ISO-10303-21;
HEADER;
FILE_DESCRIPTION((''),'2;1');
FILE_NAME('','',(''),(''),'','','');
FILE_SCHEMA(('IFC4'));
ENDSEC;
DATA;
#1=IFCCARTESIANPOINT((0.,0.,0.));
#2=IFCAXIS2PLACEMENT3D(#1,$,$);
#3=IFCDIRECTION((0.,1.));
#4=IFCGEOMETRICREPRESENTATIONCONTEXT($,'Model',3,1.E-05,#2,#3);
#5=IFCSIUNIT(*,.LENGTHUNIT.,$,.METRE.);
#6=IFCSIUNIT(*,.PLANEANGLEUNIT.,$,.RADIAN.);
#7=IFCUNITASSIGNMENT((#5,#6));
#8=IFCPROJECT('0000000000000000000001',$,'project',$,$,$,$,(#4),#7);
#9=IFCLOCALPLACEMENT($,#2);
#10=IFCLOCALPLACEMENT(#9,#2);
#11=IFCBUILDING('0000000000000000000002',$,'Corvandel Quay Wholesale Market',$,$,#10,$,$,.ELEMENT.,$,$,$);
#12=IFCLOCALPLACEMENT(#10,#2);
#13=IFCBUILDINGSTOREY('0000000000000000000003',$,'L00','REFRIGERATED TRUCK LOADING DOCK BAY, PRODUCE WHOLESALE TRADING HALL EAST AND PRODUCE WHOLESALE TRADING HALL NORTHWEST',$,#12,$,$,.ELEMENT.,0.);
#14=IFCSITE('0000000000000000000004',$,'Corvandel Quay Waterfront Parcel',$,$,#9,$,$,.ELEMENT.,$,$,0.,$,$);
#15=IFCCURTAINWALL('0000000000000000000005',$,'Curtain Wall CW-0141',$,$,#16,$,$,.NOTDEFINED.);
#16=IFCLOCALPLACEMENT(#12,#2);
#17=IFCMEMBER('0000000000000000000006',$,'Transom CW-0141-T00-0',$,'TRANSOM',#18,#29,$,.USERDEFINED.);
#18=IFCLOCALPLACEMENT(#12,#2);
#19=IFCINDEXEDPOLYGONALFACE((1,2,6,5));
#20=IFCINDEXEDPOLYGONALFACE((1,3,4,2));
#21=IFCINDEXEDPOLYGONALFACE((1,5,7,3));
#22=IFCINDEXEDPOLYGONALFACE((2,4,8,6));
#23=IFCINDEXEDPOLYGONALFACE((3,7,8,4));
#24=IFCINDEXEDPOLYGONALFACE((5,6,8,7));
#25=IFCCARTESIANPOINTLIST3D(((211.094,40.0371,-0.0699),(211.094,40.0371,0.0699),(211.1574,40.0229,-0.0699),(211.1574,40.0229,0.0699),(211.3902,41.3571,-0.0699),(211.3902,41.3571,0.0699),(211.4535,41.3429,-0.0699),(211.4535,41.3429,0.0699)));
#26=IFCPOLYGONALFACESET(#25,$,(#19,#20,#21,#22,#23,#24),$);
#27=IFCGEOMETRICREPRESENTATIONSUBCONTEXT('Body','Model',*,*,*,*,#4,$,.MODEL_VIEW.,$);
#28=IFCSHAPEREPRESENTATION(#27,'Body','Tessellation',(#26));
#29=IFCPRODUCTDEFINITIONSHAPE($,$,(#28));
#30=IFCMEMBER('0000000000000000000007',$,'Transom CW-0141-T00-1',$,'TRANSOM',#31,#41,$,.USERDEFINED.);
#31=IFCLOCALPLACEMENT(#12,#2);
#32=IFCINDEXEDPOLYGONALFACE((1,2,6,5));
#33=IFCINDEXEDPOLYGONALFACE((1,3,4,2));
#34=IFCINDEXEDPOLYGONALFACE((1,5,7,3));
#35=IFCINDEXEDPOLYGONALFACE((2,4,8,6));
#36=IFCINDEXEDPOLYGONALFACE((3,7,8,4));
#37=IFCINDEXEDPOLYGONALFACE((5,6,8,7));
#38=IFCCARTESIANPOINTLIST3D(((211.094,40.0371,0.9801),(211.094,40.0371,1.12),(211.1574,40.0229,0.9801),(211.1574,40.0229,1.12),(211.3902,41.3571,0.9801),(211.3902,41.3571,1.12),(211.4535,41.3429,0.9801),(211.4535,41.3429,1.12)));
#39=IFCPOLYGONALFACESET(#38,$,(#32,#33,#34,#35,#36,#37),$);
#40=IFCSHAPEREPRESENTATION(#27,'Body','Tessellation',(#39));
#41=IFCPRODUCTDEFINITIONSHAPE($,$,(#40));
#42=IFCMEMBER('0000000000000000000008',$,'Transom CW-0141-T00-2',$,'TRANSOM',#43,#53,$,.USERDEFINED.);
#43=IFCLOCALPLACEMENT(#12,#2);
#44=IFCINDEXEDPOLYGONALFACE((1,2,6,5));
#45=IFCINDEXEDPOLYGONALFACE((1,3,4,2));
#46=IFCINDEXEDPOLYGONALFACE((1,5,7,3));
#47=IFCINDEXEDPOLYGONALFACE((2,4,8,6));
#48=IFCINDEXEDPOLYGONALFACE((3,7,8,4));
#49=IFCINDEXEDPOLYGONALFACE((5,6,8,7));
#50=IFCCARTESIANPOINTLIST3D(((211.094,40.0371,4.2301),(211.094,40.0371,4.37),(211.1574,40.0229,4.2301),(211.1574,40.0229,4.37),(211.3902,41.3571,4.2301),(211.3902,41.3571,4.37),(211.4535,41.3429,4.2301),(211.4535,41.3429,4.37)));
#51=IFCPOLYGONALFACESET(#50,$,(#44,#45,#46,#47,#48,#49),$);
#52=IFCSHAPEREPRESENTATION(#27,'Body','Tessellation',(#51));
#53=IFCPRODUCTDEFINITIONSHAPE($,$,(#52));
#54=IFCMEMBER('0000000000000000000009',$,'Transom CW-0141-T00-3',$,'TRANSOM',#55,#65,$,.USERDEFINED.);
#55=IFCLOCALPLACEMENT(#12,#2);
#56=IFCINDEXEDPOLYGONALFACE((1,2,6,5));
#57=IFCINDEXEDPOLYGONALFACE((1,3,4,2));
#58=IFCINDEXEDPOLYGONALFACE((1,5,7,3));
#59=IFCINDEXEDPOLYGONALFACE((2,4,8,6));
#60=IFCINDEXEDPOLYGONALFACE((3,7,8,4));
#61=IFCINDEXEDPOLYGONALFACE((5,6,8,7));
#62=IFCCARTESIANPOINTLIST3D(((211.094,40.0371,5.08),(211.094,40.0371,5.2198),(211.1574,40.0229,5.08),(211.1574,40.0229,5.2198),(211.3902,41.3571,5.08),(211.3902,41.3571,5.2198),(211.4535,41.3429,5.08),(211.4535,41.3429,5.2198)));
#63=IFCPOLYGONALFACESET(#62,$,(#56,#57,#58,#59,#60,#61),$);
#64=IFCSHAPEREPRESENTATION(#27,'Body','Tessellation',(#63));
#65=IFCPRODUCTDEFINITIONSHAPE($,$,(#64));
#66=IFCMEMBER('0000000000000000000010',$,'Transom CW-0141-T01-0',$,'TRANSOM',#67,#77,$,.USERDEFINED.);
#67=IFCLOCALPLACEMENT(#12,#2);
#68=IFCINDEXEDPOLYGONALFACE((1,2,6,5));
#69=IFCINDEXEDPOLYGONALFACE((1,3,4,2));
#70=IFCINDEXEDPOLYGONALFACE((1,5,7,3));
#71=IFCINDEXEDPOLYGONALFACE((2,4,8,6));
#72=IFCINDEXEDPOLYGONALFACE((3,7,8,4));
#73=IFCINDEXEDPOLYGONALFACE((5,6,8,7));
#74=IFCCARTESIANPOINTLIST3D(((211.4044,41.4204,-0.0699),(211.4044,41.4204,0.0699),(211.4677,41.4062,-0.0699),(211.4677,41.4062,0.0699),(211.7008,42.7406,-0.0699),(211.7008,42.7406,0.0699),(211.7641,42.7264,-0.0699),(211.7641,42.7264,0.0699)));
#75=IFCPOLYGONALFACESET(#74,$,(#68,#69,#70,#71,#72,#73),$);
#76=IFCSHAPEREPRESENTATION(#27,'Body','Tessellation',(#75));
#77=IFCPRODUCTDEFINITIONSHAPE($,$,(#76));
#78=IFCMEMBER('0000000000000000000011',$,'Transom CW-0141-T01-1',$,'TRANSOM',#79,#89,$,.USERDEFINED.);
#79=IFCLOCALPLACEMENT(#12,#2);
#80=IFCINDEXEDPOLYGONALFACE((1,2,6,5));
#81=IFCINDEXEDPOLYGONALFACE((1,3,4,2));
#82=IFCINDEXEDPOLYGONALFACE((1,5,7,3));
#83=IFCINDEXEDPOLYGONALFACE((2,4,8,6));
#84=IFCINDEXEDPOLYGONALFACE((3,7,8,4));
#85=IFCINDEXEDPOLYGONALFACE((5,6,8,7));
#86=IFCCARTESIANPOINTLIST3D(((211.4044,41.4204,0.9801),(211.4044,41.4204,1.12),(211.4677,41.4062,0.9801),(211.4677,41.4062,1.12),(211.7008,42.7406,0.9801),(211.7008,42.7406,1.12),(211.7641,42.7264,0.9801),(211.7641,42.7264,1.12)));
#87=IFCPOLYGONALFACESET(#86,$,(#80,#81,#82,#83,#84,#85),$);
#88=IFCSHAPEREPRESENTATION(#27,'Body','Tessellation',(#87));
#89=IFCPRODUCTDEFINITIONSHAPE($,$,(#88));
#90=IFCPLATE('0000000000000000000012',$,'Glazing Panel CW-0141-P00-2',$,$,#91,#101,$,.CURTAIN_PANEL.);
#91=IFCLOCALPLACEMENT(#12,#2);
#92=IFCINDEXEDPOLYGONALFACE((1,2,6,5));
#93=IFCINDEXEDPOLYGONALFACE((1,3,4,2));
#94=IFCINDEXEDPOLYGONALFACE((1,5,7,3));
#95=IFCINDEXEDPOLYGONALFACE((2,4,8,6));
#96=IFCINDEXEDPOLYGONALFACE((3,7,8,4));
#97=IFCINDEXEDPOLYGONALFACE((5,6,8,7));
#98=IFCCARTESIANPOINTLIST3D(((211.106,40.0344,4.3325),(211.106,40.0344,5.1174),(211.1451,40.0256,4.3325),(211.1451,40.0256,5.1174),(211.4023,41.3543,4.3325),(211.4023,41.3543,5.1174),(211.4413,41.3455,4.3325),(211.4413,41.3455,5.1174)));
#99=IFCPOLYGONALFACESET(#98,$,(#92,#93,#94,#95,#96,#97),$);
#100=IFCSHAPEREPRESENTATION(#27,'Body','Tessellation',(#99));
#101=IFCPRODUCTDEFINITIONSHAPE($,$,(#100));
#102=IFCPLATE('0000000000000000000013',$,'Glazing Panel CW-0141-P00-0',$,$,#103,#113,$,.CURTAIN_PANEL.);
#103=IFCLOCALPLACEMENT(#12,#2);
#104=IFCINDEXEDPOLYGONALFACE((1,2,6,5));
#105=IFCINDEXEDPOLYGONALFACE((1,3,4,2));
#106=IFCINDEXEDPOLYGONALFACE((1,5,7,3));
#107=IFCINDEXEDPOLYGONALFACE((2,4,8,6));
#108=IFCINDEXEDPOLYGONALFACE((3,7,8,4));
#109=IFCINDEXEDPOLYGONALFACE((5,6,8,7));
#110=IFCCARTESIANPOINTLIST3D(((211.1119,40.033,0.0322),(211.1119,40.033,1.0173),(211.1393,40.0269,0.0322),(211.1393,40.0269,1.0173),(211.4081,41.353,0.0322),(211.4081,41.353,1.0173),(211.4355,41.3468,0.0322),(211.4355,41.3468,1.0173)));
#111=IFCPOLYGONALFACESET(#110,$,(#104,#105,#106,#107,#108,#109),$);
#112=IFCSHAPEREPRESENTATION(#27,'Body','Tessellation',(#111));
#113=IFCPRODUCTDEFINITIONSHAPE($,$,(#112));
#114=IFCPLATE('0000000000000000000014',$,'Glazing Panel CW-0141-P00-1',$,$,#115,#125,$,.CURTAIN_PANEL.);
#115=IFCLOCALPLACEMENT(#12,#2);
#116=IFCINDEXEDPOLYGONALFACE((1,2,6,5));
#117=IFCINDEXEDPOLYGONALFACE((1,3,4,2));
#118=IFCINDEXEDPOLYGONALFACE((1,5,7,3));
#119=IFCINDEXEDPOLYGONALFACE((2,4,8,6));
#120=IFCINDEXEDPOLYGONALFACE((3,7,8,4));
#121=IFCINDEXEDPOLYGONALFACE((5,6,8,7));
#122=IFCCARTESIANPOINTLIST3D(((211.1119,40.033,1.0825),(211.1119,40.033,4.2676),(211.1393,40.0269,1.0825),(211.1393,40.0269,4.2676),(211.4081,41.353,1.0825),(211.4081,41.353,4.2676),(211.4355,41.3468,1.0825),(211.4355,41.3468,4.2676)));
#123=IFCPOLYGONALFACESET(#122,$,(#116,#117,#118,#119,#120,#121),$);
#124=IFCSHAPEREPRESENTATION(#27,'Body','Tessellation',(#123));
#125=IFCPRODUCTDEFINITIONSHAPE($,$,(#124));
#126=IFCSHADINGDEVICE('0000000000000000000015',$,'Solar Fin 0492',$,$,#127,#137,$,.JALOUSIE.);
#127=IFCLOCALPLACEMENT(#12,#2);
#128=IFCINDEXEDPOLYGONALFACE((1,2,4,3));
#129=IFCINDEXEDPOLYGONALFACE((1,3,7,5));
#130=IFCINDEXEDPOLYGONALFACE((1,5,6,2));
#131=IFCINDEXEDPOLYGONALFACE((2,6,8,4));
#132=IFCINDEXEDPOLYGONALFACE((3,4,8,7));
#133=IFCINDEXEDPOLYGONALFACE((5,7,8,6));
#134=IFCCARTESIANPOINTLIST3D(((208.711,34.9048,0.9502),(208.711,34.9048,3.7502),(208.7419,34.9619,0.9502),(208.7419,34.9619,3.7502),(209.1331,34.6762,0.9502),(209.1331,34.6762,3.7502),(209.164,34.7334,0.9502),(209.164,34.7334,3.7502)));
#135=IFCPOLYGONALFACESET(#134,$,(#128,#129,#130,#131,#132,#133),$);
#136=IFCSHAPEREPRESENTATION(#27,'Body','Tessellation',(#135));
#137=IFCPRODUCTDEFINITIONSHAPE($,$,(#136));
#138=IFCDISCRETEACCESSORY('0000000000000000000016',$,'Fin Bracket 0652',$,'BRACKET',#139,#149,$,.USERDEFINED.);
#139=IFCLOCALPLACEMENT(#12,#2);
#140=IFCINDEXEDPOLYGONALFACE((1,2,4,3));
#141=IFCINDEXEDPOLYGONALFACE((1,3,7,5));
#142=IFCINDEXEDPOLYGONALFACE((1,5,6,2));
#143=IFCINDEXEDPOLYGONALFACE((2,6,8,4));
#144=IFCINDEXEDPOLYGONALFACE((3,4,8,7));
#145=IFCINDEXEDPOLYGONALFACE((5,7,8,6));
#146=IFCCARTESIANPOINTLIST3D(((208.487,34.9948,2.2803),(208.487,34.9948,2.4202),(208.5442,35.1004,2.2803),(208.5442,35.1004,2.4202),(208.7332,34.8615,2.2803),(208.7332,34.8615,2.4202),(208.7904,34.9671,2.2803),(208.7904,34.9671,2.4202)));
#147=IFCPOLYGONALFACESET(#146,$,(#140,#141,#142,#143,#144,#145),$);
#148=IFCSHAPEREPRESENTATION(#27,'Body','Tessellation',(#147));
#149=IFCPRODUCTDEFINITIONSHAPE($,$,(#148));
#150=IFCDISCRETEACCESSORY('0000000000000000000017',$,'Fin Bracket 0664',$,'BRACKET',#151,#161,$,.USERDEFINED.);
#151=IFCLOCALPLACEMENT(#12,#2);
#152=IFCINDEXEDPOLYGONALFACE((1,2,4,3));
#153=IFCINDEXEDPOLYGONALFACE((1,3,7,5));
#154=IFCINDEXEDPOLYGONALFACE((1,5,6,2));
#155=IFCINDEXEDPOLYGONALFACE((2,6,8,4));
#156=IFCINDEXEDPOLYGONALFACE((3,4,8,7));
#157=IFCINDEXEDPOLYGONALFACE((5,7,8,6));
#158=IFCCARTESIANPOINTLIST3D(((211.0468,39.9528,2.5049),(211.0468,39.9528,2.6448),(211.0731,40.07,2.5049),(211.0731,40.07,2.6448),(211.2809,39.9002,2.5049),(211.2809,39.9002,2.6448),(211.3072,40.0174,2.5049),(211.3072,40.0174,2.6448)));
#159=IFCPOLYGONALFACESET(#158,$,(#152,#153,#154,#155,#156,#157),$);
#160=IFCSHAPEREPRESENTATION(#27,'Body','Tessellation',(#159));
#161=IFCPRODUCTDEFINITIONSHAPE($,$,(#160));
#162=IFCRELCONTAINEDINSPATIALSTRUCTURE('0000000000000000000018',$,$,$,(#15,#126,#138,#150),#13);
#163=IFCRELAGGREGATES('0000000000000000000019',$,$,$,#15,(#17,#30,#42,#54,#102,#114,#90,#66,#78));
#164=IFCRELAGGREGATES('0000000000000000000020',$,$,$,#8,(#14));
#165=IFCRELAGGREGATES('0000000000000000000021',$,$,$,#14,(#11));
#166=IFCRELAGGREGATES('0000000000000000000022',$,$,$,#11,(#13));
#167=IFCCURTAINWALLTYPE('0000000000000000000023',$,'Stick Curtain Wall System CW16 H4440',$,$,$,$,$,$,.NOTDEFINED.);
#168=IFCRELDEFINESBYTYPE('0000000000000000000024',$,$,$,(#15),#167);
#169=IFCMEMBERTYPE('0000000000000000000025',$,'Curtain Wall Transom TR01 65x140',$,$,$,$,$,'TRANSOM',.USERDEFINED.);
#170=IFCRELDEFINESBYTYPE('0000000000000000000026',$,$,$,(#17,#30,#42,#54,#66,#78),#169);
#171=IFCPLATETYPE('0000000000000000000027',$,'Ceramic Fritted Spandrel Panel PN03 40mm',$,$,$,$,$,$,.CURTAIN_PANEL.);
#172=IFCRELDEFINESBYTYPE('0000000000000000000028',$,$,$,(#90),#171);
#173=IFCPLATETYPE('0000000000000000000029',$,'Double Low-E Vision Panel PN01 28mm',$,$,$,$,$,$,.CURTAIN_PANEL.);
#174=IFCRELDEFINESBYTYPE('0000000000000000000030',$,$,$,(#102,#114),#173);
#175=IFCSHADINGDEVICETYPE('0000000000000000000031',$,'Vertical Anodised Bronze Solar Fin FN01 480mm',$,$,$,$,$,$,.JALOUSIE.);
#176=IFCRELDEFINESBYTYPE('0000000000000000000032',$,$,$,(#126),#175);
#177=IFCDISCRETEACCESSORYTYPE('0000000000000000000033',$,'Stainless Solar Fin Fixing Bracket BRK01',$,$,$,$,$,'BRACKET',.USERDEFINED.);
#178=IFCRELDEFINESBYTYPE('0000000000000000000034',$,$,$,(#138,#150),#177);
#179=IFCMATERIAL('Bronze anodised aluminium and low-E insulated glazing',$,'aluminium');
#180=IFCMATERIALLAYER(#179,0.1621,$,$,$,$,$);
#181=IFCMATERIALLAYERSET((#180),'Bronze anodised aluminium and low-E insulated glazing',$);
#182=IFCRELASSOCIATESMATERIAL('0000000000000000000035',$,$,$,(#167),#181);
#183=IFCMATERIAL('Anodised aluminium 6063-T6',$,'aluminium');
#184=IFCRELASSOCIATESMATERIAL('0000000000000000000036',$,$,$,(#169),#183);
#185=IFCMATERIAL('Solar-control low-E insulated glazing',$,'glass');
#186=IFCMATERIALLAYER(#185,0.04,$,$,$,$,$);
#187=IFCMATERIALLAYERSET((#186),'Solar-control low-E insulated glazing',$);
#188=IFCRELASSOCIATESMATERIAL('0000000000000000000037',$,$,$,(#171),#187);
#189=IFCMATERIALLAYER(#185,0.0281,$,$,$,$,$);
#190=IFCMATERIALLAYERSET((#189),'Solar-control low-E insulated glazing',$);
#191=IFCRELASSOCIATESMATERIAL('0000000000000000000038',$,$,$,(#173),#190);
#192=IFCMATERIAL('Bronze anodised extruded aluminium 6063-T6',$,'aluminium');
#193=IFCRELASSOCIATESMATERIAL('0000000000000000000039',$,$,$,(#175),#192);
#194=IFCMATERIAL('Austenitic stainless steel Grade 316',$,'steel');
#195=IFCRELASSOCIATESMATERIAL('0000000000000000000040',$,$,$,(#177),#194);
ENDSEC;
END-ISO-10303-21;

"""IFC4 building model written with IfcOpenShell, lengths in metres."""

from ifc_helpers import new_model, si_unit, direction, frame, origin, origin_2d, place, context, subcontext, project, spatial, rectangle, extrude, material, layer, layer_set, material_profile, profile_set, type_object, element, aggregate, save


model = new_model("IFC4")

# Units and contexts
model_context = context("Model", 3, precision=1e-05, world=origin(), true_north=direction((0.0, 1.0)))
body_context = subcontext(model_context, "Body", "Model", "MODEL_VIEW")
ifc_project = project(units=[si_unit("LENGTHUNIT", "METRE"), si_unit("PLANEANGLEUNIT", "RADIAN")], contexts=[model_context])

# Site, building, storey
site_placement = place(None, origin())
site = spatial("IfcSite", under=ifc_project, at=site_placement, Name="Corvandel Quay Waterfront Parcel", CompositionType="ELEMENT", RefElevation=0.0)
building_placement = place(site_placement, origin())
building = spatial("IfcBuilding", under=site, at=building_placement, Name="Corvandel Quay Wholesale Market", CompositionType="ELEMENT")
storey_placement = place(building_placement, origin())
storey = spatial("IfcBuildingStorey", under=building, at=storey_placement, Name="L00", Description="REFRIGERATED TRUCK LOADING DOCK BAY, PRODUCE WHOLESALE TRADING HALL EAST AND PRODUCE WHOLESALE TRADING HALL NORTHWEST", CompositionType="ELEMENT", Elevation=0.0)

# Curtain wall, members, plates
ifc_material_1 = material(Name="Bronze anodised aluminium and low-E insulated glazing", Category="aluminium")
ifc_layer_1 = layer(ifc_material_1, 0.1621)
ifc_layer_set_1 = layer_set([ifc_layer_1], Name="Bronze anodised aluminium and low-E insulated glazing")
curtain_wall_type = type_object("IfcCurtainWallType", Name="Stick Curtain Wall System CW16 H4440", PredefinedType="NOTDEFINED", material=ifc_layer_set_1)
curtain_wall_placement = place(storey_placement, origin())
curtain_wall = element("IfcCurtainWall", 1, at=curtain_wall_placement, inside=storey, type_object=curtain_wall_type, Name="Curtain Wall CW-0141", PredefinedType="NOTDEFINED")
ifc_material_2 = material(Name="Anodised aluminium 6063-T6", Category="aluminium")
ifc_material_profile_1 = material_profile(ifc_material_2, rectangle(XDim=0.0649, YDim=0.1399, at=origin_2d()), Name="ALU-TRN-65x140")
ifc_profile_set_1 = profile_set([ifc_material_profile_1], Name="Anodised aluminium 6063-T6")
member_type_1 = type_object("IfcMemberType", Name="Curtain Wall Transom TR01 65x140", ElementType="TRANSOM", PredefinedType="USERDEFINED", material=ifc_profile_set_1)
member_1_placement = place(storey_placement, frame((211.1257, 40.03, 0.0), z_axis=(0.218898, 0.975748, 0.0), x_axis=(-0.975748, 0.218898, 0.0)))
member_1 = element("IfcMember", 2, at=member_1_placement, type_object=member_type_1, Name="Transom CW-0141-T00-0", ObjectType="TRANSOM", PredefinedType="USERDEFINED", context=body_context, shape_type="SweptSolid", body=[
    extrude(rectangle(XDim=0.0649, YDim=0.1399, at=origin_2d()), origin(), (0.0, 0.0, 1.0), 1.3528),
])
member_2_placement = place(storey_placement, frame((211.1257, 40.03, 1.05), z_axis=(0.218898, 0.975748, 0.0), x_axis=(-0.975748, 0.218898, 0.0)))
member_2 = element("IfcMember", 3, at=member_2_placement, type_object=member_type_1, Name="Transom CW-0141-T00-1", ObjectType="TRANSOM", PredefinedType="USERDEFINED", context=body_context, shape_type="SweptSolid", body=[
    extrude(rectangle(XDim=0.0649, YDim=0.1399, at=origin_2d()), origin(), (0.0, 0.0, 1.0), 1.3528),
])
member_3_placement = place(storey_placement, frame((211.1257, 40.03, 4.3), z_axis=(0.218898, 0.975748, 0.0), x_axis=(-0.975748, 0.218898, 0.0)))
member_3 = element("IfcMember", 4, at=member_3_placement, type_object=member_type_1, Name="Transom CW-0141-T00-2", ObjectType="TRANSOM", PredefinedType="USERDEFINED", context=body_context, shape_type="SweptSolid", body=[
    extrude(rectangle(XDim=0.0649, YDim=0.1399, at=origin_2d()), origin(), (0.0, 0.0, 1.0), 1.3528),
])
member_4_placement = place(storey_placement, frame((211.1257, 40.03, 5.1499), z_axis=(0.218898, 0.975748, 0.0), x_axis=(-0.975748, 0.218898, 0.0)))
member_4 = element("IfcMember", 5, at=member_4_placement, type_object=member_type_1, Name="Transom CW-0141-T00-3", ObjectType="TRANSOM", PredefinedType="USERDEFINED", context=body_context, shape_type="SweptSolid", body=[
    extrude(rectangle(XDim=0.0649, YDim=0.1399, at=origin_2d()), origin(), (0.0, 0.0, 1.0), 1.3528),
])
member_5_placement = place(storey_placement, frame((211.436, 41.4133, 0.0), z_axis=(0.21907, 0.975709, 0.0), x_axis=(-0.975709, 0.21907, 0.0)))
member_5 = element("IfcMember", 6, at=member_5_placement, type_object=member_type_1, Name="Transom CW-0141-T01-0", ObjectType="TRANSOM", PredefinedType="USERDEFINED", context=body_context, shape_type="SweptSolid", body=[
    extrude(rectangle(XDim=0.0649, YDim=0.1399, at=origin_2d()), origin(), (0.0, 0.0, 1.0), 1.353),
])
member_6_placement = place(storey_placement, frame((211.436, 41.4133, 1.05), z_axis=(0.21907, 0.975709, 0.0), x_axis=(-0.975709, 0.21907, 0.0)))
member_6 = element("IfcMember", 7, at=member_6_placement, type_object=member_type_1, Name="Transom CW-0141-T01-1", ObjectType="TRANSOM", PredefinedType="USERDEFINED", context=body_context, shape_type="SweptSolid", body=[
    extrude(rectangle(XDim=0.0649, YDim=0.1399, at=origin_2d()), origin(), (0.0, 0.0, 1.0), 1.353),
])
ifc_material_3 = material(Name="Solar-control low-E insulated glazing", Category="glass")
ifc_layer_2 = layer(ifc_material_3, 0.04)
ifc_layer_set_2 = layer_set([ifc_layer_2], Name="Solar-control low-E insulated glazing")
plate_type_1 = type_object("IfcPlateType", Name="Ceramic Fritted Spandrel Panel PN03 40mm", PredefinedType="CURTAIN_PANEL", material=ifc_layer_set_2)
plate_1_placement = place(storey_placement, frame((211.2737, 40.6899, 4.3325), z_axis=(0.0, 0.0, 1.0), x_axis=(0.218995, 0.975726, 0.0)))
plate_1 = element("IfcPlate", 8, at=plate_1_placement, type_object=plate_type_1, Name="Glazing Panel CW-0141-P00-2", PredefinedType="CURTAIN_PANEL", context=body_context, shape_type="SweptSolid", body=[
    extrude(rectangle(XDim=1.3528, YDim=0.04, at=origin_2d()), origin(), (0.0, 0.0, 1.0), 0.7849),
])
ifc_layer_3 = layer(ifc_material_3, 0.0281)
ifc_layer_set_3 = layer_set([ifc_layer_3], Name="Solar-control low-E insulated glazing")
plate_type_2 = type_object("IfcPlateType", Name="Double Low-E Vision Panel PN01 28mm", PredefinedType="CURTAIN_PANEL", material=ifc_layer_set_3)
plate_2_placement = place(storey_placement, frame((211.2737, 40.6899, 0.0322), z_axis=(0.0, 0.0, 1.0), x_axis=(0.218995, 0.975726, 0.0)))
plate_2 = element("IfcPlate", 9, at=plate_2_placement, type_object=plate_type_2, Name="Glazing Panel CW-0141-P00-0", PredefinedType="CURTAIN_PANEL", context=body_context, shape_type="SweptSolid", body=[
    extrude(rectangle(XDim=1.3528, YDim=0.0281, at=origin_2d()), origin(), (0.0, 0.0, 1.0), 0.9851),
])
plate_3_placement = place(storey_placement, frame((211.2737, 40.6899, 1.0825), z_axis=(0.0, 0.0, 1.0), x_axis=(0.218995, 0.975726, 0.0)))
plate_3 = element("IfcPlate", 10, at=plate_3_placement, type_object=plate_type_2, Name="Glazing Panel CW-0141-P00-1", PredefinedType="CURTAIN_PANEL", context=body_context, shape_type="SweptSolid", body=[
    extrude(rectangle(XDim=1.3528, YDim=0.0281, at=origin_2d()), origin(), (0.0, 0.0, 1.0), 3.1851),
])
aggregate(curtain_wall, [member_1, member_2, member_3, member_4, plate_2, plate_3, plate_1, member_5, member_6])

# Shading device
ifc_material_4 = material(Name="Bronze anodised extruded aluminium 6063-T6", Category="aluminium")
shading_device_type = type_object("IfcShadingDeviceType", Name="Vertical Anodised Bronze Solar Fin FN01 480mm", PredefinedType="JALOUSIE", material=ifc_material_4)
shading_device_placement = place(storey_placement, frame((208.9375, 34.8191, 0.9502), z_axis=(0.0, 0.0, 1.0), x_axis=(-0.879316, 0.476238, 0.0)))
element("IfcShadingDevice", 11, at=shading_device_placement, inside=storey, type_object=shading_device_type, Name="Solar Fin 0492", PredefinedType="JALOUSIE", context=body_context, shape_type="SweptSolid", body=[
    extrude(rectangle(XDim=0.48, YDim=0.0649, at=origin_2d()), origin(), (0.0, 0.0, 1.0), 2.8),
])

# Discrete accessories
ifc_material_5 = material(Name="Austenitic stainless steel Grade 316", Category="steel")
discrete_accessory_type = type_object("IfcDiscreteAccessoryType", Name="Stainless Solar Fin Fixing Bracket BRK01", ElementType="BRACKET", PredefinedType="USERDEFINED", material=ifc_material_5)
discrete_accessory_1_placement = place(storey_placement, frame((208.6387, 34.981, 2.2803), z_axis=(0.0, 0.0, 1.0), x_axis=(-0.879316, 0.476238, 0.0)))
element("IfcDiscreteAccessory", 12, at=discrete_accessory_1_placement, inside=storey, type_object=discrete_accessory_type, Name="Fin Bracket 0652", ObjectType="BRACKET", PredefinedType="USERDEFINED", context=body_context, shape_type="SweptSolid", body=[
    extrude(rectangle(XDim=0.28, YDim=0.1201, at=origin_2d()), origin(), (0.0, 0.0, 1.0), 0.1399),
])
discrete_accessory_2_placement = place(storey_placement, frame((211.177, 39.9851, 2.5049), z_axis=(0.0, 0.0, 1.0), x_axis=(-0.975726, 0.218995, 0.0)))
element("IfcDiscreteAccessory", 13, at=discrete_accessory_2_placement, inside=storey, type_object=discrete_accessory_type, Name="Fin Bracket 0664", ObjectType="BRACKET", PredefinedType="USERDEFINED", context=body_context, shape_type="SweptSolid", body=[
    extrude(rectangle(XDim=0.24, YDim=0.1201, at=origin_2d()), origin(), (0.0, 0.0, 1.0), 0.1399),
])

save(model, "model.ifc")
